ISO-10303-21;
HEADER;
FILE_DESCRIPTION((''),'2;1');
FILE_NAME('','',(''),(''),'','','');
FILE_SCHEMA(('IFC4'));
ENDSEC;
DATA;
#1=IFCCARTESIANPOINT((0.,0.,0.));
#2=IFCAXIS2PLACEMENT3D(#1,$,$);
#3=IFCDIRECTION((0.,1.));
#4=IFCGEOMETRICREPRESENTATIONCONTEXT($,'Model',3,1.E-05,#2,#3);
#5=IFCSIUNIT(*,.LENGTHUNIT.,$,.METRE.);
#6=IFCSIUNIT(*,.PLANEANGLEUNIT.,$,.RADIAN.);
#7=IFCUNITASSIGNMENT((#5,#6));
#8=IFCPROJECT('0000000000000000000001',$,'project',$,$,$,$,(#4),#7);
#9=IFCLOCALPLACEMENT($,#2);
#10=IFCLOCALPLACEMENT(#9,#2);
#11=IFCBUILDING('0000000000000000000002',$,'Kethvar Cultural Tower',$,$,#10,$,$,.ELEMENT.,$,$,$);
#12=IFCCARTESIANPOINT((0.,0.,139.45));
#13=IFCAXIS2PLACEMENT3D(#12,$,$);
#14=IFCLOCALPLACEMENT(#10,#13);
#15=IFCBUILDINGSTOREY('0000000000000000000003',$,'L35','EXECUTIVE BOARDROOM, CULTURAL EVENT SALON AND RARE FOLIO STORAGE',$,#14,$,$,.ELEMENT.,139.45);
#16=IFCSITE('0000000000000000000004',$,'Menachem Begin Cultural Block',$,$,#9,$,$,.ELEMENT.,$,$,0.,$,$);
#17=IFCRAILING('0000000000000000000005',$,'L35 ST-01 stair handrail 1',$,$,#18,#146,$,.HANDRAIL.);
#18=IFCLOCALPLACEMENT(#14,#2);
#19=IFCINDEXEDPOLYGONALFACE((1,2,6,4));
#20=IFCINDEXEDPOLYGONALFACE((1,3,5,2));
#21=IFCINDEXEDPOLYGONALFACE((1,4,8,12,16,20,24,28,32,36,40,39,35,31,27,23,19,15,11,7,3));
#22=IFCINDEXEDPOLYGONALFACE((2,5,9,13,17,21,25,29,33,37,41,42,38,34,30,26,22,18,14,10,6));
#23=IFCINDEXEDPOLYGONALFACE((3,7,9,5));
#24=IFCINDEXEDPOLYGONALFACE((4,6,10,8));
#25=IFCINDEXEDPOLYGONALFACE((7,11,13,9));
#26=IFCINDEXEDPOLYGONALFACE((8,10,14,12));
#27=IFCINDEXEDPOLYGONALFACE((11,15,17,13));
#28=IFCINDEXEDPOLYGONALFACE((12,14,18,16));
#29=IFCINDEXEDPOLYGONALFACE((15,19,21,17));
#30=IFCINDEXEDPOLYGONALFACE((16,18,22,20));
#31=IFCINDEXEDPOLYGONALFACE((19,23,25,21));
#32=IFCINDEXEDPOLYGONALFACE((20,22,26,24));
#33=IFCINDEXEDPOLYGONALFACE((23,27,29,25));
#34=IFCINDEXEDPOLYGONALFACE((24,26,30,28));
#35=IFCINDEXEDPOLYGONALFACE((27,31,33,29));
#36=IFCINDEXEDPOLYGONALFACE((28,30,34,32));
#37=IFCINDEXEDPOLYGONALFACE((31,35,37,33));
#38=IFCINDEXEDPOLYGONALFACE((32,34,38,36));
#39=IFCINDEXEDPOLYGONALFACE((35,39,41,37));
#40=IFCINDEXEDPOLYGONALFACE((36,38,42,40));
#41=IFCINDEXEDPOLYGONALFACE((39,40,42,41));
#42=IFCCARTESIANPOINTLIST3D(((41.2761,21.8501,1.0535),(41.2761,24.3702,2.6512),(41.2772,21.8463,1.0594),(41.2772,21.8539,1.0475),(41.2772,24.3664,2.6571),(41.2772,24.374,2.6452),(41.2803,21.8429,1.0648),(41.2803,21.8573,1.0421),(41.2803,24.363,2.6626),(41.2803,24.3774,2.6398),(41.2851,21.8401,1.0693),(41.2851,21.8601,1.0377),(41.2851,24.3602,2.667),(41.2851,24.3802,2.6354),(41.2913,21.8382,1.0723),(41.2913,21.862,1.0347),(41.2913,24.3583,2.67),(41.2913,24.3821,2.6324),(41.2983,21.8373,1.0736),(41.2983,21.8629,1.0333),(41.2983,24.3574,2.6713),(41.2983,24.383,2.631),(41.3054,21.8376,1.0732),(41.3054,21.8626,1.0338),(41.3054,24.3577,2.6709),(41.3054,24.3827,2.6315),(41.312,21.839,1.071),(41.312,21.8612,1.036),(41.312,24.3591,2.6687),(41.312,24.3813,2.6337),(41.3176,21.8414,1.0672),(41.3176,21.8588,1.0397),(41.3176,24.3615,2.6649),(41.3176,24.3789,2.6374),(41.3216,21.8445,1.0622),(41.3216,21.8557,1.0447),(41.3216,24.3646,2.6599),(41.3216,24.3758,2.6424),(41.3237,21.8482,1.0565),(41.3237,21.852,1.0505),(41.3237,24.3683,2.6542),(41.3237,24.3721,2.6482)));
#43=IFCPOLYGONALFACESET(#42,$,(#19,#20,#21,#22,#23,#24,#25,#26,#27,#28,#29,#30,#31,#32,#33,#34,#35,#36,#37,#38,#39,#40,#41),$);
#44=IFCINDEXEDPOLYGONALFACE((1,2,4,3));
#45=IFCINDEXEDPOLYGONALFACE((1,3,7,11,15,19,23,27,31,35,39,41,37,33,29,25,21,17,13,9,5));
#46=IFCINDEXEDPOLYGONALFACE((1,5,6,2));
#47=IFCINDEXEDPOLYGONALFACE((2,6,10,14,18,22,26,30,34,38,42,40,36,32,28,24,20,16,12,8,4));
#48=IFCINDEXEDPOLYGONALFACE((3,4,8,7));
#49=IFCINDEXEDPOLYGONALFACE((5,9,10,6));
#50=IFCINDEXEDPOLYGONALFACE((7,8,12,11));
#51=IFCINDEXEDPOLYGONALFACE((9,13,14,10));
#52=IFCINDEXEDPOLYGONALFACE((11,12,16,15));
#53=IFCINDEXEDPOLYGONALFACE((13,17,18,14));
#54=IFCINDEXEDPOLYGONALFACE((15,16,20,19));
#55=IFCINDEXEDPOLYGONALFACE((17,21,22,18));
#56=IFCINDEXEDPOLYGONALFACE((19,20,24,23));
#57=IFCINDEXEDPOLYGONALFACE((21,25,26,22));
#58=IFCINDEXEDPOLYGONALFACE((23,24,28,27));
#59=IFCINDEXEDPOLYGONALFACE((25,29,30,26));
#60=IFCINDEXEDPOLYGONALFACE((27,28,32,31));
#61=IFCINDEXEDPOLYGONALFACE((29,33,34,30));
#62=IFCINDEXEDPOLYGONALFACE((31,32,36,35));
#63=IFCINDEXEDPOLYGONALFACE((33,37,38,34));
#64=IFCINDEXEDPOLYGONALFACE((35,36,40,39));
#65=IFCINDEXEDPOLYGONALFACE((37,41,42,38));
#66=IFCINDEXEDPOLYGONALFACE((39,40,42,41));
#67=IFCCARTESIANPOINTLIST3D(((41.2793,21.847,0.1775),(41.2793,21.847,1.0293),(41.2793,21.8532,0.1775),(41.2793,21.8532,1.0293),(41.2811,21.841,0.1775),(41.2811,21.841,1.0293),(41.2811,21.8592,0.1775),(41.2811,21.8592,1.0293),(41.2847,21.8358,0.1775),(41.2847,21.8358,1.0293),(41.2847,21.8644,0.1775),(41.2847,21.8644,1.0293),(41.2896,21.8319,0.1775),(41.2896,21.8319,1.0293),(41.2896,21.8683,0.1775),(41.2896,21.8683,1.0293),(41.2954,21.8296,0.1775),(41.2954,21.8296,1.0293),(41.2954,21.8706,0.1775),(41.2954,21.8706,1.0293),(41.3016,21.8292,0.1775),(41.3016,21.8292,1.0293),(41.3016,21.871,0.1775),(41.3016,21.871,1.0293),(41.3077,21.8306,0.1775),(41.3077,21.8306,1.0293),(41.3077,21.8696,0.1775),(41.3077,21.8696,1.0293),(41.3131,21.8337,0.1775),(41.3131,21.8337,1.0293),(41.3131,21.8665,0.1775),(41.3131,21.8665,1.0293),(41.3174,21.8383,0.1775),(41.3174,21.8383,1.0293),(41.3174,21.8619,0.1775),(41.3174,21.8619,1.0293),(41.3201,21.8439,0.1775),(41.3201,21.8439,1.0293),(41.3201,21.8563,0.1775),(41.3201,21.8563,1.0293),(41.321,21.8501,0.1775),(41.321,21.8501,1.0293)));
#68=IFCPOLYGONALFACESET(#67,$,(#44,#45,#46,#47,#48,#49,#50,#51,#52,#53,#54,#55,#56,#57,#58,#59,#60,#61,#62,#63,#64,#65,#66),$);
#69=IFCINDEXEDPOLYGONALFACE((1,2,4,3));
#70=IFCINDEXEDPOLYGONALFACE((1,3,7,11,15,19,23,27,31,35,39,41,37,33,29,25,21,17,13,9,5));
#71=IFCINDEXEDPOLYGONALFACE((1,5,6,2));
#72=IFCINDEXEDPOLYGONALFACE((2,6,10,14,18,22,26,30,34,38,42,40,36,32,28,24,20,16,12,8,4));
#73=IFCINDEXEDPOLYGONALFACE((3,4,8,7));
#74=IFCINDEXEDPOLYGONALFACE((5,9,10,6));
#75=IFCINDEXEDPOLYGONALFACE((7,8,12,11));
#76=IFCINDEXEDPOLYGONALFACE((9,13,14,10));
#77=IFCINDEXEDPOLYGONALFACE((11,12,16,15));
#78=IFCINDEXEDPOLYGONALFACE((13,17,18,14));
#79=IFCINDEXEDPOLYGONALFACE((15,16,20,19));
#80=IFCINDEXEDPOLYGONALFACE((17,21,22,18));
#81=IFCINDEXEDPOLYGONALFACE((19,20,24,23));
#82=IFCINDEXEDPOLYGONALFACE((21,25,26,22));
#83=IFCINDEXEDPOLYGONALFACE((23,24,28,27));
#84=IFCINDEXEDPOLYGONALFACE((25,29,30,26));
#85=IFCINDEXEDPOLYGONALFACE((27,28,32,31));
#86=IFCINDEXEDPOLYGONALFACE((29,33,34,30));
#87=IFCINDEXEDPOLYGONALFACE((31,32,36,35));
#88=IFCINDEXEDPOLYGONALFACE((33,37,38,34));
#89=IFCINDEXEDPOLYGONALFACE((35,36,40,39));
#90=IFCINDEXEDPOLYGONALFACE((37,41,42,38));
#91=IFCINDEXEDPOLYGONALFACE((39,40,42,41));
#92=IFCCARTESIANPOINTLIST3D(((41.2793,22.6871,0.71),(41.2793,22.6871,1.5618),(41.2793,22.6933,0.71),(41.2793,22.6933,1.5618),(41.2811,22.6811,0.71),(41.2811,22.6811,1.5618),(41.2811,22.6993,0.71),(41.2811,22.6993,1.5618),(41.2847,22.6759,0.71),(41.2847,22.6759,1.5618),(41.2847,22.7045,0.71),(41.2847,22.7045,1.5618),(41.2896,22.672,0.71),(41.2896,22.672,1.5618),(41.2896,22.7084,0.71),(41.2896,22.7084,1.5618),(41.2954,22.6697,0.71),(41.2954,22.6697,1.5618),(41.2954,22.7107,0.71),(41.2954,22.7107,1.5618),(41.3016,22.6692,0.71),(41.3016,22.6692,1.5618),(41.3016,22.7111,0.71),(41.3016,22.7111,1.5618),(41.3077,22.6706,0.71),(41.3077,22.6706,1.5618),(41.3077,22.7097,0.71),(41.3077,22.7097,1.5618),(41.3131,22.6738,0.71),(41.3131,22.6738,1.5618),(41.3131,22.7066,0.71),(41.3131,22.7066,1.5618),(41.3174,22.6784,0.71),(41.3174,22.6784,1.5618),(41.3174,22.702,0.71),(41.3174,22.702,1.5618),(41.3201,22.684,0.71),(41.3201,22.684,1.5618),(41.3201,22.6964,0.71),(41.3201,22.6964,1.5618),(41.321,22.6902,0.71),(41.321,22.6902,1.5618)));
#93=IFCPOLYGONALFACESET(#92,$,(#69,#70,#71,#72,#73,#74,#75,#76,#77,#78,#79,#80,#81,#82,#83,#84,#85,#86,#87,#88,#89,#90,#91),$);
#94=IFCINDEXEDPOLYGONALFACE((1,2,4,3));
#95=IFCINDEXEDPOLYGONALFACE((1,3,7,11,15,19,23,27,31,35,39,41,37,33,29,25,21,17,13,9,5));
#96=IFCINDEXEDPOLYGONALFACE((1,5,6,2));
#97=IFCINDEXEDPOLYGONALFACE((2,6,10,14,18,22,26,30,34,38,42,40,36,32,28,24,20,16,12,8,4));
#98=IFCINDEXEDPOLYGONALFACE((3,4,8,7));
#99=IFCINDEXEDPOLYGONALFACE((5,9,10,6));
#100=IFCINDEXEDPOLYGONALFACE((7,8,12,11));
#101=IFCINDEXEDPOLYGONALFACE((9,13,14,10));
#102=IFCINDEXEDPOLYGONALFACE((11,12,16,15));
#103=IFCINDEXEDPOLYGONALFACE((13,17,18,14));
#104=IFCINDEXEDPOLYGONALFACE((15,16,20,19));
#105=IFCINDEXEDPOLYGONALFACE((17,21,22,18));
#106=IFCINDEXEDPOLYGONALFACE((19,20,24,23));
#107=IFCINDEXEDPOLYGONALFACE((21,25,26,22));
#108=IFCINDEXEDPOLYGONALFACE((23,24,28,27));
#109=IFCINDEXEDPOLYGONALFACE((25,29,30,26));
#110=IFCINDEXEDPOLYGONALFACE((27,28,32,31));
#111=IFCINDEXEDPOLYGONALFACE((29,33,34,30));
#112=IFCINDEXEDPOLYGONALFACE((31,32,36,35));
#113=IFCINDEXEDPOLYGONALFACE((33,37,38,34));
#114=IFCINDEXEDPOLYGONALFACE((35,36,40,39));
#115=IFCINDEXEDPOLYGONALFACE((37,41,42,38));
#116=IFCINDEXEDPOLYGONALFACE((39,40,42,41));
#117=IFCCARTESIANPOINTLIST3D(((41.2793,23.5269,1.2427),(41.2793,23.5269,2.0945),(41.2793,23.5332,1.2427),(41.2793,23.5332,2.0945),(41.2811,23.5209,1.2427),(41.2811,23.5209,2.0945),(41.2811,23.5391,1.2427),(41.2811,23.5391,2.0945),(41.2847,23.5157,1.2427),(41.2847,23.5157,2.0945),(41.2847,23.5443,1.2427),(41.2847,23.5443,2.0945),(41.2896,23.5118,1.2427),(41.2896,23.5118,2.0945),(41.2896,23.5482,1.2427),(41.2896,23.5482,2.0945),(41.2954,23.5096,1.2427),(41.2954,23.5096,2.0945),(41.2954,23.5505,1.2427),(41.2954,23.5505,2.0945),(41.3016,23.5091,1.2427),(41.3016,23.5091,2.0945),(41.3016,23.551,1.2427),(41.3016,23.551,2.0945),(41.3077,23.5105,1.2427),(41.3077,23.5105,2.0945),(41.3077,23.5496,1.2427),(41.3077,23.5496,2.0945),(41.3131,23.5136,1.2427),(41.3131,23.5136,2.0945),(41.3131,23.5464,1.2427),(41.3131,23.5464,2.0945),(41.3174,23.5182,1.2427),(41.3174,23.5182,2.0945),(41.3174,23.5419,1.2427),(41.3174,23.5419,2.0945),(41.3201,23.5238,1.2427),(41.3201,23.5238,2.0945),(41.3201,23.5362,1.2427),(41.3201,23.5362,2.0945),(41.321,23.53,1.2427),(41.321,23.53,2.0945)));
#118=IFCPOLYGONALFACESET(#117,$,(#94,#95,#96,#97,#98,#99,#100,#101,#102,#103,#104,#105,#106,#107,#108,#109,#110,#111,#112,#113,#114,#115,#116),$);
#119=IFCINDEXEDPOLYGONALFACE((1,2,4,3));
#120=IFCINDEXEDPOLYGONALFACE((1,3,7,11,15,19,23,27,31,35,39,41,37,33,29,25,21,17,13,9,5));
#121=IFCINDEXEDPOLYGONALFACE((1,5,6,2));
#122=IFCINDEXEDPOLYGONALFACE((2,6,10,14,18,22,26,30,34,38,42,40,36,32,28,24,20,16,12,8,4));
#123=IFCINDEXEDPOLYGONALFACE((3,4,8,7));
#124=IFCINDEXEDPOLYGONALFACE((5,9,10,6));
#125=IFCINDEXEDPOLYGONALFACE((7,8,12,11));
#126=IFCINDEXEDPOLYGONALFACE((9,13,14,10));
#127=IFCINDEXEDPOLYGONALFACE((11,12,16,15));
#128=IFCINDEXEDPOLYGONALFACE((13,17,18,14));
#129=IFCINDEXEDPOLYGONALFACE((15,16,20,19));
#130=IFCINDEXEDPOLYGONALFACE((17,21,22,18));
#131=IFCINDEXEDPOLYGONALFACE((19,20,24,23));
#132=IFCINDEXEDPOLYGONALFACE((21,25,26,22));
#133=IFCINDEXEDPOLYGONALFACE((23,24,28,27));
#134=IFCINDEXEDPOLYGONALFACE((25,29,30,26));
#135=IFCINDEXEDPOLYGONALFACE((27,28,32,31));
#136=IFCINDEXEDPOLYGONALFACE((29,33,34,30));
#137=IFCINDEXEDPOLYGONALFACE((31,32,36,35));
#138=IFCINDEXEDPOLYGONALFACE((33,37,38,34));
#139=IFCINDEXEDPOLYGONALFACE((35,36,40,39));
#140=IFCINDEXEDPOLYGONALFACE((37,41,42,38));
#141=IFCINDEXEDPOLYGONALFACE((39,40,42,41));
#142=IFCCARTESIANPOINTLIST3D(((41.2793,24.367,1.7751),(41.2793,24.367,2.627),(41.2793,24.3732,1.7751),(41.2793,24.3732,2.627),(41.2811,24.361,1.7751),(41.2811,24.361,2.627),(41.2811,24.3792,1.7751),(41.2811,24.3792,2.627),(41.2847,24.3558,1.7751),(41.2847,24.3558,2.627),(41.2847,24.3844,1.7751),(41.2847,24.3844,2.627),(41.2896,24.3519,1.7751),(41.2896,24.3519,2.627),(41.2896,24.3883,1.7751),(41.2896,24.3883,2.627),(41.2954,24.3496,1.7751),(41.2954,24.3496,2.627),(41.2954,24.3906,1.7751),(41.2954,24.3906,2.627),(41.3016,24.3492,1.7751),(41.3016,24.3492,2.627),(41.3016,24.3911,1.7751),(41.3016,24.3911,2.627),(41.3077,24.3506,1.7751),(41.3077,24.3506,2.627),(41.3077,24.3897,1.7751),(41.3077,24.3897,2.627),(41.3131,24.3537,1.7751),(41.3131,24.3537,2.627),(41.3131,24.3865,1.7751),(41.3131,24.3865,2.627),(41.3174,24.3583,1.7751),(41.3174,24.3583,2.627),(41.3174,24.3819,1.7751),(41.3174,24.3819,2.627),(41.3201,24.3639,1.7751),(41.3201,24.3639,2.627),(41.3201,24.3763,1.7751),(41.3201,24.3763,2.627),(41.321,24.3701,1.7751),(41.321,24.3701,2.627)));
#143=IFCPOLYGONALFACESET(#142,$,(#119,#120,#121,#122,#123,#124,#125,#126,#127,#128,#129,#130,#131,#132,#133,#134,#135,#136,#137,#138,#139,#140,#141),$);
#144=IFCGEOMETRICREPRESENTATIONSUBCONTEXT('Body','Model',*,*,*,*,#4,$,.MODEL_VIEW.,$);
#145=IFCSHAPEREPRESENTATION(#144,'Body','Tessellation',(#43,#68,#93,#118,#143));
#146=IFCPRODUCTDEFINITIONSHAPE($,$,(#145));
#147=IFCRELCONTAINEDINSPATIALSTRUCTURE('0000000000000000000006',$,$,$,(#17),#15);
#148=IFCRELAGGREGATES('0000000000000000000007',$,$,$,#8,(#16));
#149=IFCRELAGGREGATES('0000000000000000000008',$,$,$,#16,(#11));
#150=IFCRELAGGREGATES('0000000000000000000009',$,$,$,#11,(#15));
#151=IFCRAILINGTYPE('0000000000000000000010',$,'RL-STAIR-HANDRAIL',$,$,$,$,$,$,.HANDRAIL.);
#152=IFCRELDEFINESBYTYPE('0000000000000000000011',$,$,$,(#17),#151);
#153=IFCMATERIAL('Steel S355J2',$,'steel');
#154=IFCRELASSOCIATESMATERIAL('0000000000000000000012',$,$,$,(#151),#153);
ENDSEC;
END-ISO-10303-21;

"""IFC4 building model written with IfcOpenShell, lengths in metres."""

from ifc_helpers import new_model, si_unit, direction, frame, origin, origin_2d, place, context, subcontext, project, spatial, circle, extrude, material, type_object, element, save


model = new_model("IFC4")

# Units and contexts
model_context = context("Model", 3, precision=1e-05, world=origin(), true_north=direction((0.0, 1.0)))
body_context = subcontext(model_context, "Body", "Model", "MODEL_VIEW")
ifc_project = project(units=[si_unit("LENGTHUNIT", "METRE"), si_unit("PLANEANGLEUNIT", "RADIAN")], contexts=[model_context])

# Site, building, storey
site_placement = place(None, origin())
site = spatial("IfcSite", under=ifc_project, at=site_placement, Name="Menachem Begin Cultural Block", CompositionType="ELEMENT", RefElevation=0.0)
building_placement = place(site_placement, origin())
building = spatial("IfcBuilding", under=site, at=building_placement, Name="Kethvar Cultural Tower", CompositionType="ELEMENT")
storey_placement = place(building_placement, frame((0.0, 0.0, 139.45)))
storey = spatial("IfcBuildingStorey", under=building, at=storey_placement, Name="L35", Description="EXECUTIVE BOARDROOM, CULTURAL EVENT SALON AND RARE FOLIO STORAGE", CompositionType="ELEMENT", Elevation=139.45)

# Shared definitions
ifc_material_1 = material(Name="Steel S355J2", Category="steel")

# Railing
railing_type_1 = type_object("IfcRailingType", Name="RL-STAIR-HANDRAIL", PredefinedType="HANDRAIL", material=ifc_material_1)
railing_1_placement = place(storey_placement, frame((41.3, 21.8501, 0.1775)))
element("IfcRailing", 1, at=railing_1_placement, inside=storey, type_object=railing_type_1, Name="L35 ST-01 stair handrail 1", PredefinedType="HANDRAIL", context=body_context, shape_type="SweptSolid", body=[
    extrude(circle(Radius=0.0239, at=origin_2d()), frame((0.0, 0.0, 0.876), z_axis=(0.0, 0.84457, 0.535445), x_axis=(-1.0, 0.0, 0.0)), (0.0, 0.0, 1.0), 2.9839),
    extrude(circle(Radius=0.021, at=origin_2d()), origin(), (0.0, 0.0, 1.0), 0.8518),
    extrude(circle(Radius=0.021, at=origin_2d()), frame((0.0, 0.8401, 0.5325)), (0.0, 0.0, 1.0), 0.8518),
    extrude(circle(Radius=0.021, at=origin_2d()), frame((0.0, 1.6799, 1.0652)), (0.0, 0.0, 1.0), 0.8518),
    extrude(circle(Radius=0.021, at=origin_2d()), frame((0.0, 2.52, 1.5977)), (0.0, 0.0, 1.0), 0.8518),
])

save(model, "model.ifc")
